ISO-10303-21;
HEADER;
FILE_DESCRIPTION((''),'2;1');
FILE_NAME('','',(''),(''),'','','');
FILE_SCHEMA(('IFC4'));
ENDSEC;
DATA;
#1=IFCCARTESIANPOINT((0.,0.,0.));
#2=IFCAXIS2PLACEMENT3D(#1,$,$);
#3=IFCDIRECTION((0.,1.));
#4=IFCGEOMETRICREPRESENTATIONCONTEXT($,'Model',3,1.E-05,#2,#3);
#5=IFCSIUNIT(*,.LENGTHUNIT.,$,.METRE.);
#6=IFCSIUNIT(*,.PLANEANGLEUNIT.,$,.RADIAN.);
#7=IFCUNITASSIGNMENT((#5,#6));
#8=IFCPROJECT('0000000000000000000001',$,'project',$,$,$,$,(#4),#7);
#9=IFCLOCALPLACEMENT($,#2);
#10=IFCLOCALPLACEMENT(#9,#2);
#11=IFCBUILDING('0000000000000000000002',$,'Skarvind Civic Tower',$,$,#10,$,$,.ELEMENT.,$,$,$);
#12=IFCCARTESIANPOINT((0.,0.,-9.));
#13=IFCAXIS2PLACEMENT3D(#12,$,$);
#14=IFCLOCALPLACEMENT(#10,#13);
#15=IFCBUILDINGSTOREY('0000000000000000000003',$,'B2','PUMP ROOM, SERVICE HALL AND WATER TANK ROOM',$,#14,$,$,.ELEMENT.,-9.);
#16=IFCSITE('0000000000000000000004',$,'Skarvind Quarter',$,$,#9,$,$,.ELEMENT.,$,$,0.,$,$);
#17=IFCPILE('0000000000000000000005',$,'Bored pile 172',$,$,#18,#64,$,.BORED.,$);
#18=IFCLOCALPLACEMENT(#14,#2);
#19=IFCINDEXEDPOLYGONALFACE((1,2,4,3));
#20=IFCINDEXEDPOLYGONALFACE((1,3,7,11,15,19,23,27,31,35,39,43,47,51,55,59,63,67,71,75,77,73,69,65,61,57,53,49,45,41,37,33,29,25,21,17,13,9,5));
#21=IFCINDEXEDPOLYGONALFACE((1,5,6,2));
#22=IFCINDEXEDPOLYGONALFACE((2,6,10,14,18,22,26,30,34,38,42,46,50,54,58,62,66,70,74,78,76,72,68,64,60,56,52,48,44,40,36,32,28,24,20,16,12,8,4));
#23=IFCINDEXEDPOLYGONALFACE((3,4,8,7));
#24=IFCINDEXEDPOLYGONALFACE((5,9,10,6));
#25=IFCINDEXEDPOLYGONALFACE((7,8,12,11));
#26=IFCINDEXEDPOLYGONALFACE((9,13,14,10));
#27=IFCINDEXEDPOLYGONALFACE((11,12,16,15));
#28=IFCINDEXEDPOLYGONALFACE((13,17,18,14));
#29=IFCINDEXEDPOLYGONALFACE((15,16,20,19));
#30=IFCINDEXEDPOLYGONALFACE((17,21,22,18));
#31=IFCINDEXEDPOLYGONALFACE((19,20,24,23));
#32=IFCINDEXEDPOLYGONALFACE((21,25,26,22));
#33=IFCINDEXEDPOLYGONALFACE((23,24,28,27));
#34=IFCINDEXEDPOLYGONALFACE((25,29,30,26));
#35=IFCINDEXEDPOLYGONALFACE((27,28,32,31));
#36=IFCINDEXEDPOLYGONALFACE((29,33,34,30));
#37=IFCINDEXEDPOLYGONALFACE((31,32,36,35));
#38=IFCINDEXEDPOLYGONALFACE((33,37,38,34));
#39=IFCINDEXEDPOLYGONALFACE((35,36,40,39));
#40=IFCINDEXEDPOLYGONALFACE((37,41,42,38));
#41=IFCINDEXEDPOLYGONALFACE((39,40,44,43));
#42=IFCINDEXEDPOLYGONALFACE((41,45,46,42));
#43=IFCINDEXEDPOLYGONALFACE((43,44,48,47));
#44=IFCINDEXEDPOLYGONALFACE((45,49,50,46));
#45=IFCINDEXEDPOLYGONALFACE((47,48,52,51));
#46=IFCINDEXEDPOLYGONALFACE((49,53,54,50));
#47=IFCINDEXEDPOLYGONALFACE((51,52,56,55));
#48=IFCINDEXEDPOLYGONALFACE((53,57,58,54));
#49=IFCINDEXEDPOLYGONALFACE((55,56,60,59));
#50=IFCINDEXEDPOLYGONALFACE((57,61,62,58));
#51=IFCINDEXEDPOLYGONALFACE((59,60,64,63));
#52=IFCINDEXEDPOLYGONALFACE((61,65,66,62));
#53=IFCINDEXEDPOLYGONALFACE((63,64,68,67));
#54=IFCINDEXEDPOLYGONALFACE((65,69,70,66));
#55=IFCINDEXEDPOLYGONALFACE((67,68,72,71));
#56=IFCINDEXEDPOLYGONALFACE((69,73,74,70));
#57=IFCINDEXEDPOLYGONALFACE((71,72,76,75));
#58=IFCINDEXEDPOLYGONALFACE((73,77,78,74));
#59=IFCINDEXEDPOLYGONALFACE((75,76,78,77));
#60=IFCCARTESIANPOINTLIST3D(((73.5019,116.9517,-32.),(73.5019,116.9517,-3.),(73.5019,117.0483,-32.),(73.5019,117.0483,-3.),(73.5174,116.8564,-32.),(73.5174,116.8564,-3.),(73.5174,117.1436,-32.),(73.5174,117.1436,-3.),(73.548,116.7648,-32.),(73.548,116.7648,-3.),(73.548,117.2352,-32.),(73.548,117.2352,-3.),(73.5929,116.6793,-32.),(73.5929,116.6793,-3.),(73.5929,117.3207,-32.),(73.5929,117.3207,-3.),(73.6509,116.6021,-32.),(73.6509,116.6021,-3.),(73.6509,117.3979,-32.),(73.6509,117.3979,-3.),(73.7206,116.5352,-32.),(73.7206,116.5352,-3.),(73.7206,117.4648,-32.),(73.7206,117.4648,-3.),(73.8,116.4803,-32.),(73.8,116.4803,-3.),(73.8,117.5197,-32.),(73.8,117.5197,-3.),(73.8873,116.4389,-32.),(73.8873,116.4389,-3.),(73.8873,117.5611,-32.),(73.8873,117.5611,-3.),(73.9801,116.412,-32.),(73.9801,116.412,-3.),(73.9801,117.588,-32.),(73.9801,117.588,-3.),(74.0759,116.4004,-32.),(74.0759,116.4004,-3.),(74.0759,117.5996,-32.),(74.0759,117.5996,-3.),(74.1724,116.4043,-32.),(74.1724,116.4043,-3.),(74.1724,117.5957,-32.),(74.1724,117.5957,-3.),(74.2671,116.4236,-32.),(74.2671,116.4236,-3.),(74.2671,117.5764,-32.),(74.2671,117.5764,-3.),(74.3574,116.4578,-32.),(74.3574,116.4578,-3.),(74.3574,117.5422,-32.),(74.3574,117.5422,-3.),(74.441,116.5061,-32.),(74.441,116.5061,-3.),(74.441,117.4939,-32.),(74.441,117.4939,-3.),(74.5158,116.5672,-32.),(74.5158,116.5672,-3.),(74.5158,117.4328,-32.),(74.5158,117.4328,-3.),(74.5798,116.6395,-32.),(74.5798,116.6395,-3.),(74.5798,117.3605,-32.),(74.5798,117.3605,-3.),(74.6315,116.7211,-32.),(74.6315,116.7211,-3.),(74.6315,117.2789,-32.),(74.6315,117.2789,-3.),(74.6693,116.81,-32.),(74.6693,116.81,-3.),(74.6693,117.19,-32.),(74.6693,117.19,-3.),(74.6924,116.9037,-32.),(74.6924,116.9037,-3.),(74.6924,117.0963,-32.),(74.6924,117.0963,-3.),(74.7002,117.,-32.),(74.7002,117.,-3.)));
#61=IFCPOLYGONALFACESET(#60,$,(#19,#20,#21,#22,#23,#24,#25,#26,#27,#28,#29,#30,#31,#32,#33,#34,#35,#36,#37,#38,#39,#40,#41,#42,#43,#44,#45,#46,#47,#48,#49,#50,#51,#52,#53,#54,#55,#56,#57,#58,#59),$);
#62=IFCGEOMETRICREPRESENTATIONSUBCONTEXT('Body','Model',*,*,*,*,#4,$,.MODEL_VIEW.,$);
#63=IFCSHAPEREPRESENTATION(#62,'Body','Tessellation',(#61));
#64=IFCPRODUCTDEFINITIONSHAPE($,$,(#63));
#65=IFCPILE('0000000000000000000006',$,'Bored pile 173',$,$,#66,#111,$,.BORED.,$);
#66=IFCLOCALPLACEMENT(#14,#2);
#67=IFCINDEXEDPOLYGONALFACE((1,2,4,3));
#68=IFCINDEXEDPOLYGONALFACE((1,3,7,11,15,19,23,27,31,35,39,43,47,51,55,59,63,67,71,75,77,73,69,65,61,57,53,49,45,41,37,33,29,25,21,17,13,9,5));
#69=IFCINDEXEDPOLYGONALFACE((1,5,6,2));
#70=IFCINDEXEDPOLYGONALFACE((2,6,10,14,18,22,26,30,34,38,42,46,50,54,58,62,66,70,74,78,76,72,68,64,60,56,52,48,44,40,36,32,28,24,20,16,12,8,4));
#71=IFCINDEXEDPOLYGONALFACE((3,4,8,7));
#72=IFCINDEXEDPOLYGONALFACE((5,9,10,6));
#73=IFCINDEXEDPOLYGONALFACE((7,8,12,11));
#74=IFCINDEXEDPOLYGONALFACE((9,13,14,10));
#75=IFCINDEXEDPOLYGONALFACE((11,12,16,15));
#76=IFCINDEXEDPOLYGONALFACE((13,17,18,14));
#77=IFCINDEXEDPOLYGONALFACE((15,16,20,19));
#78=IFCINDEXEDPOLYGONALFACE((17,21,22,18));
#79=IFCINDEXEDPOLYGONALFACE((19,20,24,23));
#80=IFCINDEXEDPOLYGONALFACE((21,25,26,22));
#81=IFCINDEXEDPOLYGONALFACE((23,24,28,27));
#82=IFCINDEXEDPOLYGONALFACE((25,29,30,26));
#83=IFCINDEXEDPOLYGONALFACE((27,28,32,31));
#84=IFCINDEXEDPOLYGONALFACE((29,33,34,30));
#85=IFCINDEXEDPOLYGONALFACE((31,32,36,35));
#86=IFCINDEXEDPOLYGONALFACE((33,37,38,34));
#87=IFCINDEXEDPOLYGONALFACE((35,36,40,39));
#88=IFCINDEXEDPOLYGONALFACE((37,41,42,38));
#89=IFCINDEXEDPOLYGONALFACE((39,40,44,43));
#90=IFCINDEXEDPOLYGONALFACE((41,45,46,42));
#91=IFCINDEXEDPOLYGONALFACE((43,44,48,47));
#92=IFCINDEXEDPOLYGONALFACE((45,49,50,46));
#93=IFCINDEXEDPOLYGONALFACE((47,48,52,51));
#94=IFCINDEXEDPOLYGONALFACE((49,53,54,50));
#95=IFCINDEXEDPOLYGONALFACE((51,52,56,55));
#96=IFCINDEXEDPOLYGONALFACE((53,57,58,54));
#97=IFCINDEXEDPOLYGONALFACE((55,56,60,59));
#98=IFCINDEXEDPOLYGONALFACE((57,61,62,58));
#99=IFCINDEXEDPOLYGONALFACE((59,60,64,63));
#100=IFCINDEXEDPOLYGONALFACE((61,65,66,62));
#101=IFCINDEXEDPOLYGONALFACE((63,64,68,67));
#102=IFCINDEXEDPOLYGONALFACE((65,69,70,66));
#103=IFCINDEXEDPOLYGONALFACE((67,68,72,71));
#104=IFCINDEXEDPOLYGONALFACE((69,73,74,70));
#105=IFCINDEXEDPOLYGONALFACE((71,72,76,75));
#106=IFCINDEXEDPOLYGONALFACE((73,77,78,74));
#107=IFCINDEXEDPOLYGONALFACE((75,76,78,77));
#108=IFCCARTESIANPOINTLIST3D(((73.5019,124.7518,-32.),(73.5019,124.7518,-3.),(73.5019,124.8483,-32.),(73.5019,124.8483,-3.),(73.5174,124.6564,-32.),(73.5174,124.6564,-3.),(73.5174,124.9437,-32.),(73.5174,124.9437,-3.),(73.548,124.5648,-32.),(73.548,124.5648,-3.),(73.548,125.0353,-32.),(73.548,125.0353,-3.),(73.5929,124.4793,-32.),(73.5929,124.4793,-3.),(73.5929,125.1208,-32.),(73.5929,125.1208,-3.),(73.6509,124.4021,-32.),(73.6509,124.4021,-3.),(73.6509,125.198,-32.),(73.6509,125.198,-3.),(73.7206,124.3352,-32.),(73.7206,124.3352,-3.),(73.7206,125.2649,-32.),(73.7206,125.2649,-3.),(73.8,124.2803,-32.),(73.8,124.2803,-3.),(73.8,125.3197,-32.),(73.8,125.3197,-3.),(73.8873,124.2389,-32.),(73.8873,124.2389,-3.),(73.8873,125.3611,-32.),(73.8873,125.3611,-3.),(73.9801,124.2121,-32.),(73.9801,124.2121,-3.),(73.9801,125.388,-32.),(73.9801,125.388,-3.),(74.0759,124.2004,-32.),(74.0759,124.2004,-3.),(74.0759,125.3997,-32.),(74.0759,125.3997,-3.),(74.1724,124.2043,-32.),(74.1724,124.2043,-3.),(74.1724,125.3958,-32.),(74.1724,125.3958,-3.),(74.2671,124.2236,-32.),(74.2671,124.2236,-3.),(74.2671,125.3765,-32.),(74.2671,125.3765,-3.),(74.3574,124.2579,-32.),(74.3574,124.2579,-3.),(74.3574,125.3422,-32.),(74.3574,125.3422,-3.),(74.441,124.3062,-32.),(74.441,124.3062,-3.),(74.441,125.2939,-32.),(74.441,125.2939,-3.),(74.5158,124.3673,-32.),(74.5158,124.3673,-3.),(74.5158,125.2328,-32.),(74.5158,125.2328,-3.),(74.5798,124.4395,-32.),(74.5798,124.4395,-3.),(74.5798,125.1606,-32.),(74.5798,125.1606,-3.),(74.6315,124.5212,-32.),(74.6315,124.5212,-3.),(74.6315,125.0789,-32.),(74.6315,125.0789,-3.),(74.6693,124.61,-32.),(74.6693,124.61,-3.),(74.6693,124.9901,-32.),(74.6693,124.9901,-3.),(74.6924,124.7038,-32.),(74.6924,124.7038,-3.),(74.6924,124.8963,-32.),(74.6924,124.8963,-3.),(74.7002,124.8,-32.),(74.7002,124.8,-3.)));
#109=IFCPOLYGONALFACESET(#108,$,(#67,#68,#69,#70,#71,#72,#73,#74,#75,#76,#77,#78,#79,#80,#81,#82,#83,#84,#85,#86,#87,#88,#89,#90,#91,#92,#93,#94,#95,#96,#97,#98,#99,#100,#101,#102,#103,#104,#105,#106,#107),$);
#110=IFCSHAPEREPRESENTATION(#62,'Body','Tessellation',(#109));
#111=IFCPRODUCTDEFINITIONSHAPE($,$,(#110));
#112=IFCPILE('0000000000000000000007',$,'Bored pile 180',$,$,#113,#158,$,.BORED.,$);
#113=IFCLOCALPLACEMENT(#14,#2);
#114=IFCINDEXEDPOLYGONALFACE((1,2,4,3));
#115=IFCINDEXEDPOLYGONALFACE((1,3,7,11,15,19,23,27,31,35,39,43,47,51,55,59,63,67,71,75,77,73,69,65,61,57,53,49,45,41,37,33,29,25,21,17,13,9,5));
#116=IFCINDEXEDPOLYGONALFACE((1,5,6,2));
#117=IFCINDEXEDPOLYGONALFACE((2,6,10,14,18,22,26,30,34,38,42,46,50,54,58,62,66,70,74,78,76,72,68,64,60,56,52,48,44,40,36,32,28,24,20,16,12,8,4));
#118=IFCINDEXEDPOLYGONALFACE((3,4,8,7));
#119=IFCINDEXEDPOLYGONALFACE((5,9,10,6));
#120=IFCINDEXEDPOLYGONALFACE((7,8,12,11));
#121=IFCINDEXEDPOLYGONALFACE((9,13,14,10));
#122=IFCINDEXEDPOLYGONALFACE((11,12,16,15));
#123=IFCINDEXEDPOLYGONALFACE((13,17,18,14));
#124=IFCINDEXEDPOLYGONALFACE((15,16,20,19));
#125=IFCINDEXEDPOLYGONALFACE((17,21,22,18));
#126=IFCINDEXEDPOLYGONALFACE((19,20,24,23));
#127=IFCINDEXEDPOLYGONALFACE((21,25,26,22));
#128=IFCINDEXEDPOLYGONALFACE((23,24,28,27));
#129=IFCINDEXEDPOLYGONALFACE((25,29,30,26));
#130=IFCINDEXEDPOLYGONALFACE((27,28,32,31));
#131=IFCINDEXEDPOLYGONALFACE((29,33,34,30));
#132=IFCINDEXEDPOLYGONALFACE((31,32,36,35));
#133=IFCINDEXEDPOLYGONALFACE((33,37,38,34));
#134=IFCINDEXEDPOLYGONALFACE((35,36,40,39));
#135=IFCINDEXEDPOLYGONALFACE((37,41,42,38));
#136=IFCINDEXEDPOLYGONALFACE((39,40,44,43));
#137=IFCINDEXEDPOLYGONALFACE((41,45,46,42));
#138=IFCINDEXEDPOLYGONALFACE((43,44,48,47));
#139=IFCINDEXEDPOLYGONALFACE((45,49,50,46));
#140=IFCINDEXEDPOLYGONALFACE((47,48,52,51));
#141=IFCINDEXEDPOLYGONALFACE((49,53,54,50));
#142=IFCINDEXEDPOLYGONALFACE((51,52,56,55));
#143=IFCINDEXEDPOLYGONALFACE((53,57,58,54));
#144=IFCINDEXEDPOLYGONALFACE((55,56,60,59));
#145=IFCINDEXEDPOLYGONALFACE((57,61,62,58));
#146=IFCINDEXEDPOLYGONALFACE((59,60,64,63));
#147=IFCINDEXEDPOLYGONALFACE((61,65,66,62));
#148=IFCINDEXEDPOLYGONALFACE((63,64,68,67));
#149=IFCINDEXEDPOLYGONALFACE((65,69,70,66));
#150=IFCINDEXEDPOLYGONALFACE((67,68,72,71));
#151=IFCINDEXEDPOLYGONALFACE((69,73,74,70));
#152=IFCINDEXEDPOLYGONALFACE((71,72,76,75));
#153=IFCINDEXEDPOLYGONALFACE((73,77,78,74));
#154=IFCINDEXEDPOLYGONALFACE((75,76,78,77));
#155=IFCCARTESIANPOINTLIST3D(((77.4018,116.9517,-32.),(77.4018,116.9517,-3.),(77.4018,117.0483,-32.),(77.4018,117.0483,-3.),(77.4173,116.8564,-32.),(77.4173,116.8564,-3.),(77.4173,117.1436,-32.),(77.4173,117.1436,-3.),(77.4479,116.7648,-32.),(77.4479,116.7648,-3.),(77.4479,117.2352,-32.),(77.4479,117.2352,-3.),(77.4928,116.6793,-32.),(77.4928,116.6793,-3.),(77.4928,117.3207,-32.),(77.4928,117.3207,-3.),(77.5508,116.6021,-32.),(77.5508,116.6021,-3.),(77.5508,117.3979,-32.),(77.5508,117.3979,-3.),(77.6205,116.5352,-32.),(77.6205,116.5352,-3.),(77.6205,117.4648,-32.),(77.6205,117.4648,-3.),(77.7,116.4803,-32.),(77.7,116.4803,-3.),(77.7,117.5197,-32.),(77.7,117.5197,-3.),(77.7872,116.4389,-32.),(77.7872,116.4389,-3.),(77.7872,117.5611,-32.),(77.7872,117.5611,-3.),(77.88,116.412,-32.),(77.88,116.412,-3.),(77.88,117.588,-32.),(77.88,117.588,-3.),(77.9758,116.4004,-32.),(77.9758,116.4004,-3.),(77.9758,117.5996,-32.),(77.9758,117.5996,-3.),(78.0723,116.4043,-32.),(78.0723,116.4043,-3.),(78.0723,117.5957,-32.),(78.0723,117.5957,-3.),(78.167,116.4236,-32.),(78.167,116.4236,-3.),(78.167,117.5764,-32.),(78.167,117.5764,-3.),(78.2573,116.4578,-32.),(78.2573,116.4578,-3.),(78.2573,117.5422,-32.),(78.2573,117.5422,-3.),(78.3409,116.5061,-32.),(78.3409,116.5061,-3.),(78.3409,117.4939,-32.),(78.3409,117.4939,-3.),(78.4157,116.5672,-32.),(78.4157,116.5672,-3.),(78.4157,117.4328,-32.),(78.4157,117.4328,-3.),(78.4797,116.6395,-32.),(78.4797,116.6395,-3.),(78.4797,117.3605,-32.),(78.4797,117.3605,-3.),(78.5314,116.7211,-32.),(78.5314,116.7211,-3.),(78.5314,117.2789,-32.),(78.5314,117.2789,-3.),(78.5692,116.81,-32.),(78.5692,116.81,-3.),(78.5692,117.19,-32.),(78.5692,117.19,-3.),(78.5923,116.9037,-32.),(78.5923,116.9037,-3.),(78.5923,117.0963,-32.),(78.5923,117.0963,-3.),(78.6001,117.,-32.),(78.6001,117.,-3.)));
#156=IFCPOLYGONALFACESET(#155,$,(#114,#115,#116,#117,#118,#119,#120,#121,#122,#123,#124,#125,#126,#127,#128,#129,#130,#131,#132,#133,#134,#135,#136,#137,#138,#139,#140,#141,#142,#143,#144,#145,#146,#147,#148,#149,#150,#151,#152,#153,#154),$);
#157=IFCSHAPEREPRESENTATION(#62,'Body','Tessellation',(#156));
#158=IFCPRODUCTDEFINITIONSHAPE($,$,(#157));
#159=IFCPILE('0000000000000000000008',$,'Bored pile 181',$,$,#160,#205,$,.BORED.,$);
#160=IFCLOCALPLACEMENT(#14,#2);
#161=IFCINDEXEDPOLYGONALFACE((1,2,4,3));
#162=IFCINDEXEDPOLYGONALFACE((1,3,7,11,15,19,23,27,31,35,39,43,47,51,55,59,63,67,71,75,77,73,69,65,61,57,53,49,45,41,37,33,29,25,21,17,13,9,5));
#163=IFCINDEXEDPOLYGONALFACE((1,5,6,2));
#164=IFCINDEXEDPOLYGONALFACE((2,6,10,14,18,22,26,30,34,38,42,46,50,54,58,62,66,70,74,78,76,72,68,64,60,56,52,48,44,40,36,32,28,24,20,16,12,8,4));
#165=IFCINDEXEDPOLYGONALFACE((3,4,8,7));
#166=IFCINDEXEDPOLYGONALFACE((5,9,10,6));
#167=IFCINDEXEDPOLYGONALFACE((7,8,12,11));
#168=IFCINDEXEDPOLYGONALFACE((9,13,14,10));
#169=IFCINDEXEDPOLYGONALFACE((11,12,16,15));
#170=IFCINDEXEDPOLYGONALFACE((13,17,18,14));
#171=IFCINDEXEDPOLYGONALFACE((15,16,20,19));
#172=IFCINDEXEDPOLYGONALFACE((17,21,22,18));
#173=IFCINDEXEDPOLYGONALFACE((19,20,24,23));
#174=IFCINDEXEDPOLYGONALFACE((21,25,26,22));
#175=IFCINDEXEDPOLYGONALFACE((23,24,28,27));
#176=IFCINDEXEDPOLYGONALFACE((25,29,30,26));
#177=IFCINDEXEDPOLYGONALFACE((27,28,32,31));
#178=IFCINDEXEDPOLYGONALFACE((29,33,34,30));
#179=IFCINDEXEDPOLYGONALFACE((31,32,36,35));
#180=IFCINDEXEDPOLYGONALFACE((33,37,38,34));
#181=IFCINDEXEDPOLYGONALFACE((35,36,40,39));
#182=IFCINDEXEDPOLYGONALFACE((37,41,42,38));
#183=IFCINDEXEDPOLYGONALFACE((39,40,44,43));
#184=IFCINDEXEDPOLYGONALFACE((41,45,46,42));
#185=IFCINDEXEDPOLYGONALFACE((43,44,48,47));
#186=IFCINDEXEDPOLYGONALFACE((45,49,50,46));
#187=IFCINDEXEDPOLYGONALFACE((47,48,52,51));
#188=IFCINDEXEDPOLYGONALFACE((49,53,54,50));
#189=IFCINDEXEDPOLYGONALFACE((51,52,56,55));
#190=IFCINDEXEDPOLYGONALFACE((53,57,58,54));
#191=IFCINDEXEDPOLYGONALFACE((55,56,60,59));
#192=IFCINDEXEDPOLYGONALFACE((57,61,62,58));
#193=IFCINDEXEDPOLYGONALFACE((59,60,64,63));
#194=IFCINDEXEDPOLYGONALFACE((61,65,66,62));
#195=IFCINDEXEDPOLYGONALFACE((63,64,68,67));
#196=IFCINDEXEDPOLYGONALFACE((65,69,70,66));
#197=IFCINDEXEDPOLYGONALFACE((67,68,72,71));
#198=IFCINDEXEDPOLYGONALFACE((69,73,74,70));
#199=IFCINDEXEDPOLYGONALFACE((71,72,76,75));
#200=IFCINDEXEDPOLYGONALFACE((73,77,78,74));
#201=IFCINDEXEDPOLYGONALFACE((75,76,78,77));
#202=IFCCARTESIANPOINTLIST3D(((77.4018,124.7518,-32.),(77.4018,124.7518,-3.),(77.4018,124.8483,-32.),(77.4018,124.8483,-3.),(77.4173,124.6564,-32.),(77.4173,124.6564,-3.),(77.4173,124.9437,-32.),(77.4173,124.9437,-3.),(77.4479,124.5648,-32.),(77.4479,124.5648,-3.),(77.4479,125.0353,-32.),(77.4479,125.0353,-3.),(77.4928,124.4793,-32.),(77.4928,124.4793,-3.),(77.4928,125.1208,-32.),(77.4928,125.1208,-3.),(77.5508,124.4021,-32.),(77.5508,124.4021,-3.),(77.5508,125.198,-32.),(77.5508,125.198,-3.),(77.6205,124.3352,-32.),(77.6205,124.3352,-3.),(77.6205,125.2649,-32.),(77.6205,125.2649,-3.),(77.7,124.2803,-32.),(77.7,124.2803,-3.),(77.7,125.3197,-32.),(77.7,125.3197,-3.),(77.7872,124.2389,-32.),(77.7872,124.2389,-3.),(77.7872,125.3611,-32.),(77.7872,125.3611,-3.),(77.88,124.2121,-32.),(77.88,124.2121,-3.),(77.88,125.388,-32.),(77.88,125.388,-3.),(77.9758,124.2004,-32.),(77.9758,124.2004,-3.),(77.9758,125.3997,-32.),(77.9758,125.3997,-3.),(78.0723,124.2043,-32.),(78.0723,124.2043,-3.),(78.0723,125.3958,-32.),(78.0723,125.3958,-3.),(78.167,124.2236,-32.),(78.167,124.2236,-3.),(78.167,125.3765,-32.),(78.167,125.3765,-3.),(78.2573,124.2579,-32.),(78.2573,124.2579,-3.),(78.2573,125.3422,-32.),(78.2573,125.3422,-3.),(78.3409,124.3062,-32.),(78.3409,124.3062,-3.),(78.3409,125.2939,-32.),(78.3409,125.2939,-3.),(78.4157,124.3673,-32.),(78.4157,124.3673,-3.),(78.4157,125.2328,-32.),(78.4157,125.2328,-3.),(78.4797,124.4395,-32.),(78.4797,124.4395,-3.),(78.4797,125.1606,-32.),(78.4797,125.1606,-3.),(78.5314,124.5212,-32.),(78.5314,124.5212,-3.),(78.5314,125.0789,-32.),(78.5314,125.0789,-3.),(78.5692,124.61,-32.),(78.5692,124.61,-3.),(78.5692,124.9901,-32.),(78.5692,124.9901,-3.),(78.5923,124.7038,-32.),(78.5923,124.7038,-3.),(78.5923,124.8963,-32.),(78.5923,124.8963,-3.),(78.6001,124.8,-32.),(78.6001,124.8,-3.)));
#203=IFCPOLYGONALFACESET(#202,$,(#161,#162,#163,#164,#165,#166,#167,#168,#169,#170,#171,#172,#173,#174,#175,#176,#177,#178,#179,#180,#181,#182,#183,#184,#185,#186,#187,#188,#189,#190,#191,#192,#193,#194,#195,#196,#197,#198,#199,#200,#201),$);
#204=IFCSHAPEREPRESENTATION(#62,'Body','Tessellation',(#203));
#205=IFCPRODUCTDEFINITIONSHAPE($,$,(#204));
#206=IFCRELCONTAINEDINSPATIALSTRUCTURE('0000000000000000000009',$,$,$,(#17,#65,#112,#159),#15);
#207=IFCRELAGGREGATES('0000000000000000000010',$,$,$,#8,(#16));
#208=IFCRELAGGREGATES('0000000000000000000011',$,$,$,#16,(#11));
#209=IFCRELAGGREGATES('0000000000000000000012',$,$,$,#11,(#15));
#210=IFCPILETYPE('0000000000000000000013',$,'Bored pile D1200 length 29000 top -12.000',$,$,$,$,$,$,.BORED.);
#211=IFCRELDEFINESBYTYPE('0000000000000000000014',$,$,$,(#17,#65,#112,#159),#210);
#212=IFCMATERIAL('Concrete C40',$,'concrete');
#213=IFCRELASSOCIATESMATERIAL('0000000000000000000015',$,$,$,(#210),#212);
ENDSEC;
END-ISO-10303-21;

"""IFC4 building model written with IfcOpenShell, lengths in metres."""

from ifc_helpers import new_model, si_unit, direction, frame, origin, origin_2d, place, context, subcontext, project, spatial, circle, extrude, material, type_object, element, save


model = new_model("IFC4")

# Units and contexts
model_context = context("Model", 3, precision=1e-05, world=origin(), true_north=direction((0.0, 1.0)))
body_context = subcontext(model_context, "Body", "Model", "MODEL_VIEW")
ifc_project = project(units=[si_unit("LENGTHUNIT", "METRE"), si_unit("PLANEANGLEUNIT", "RADIAN")], contexts=[model_context])

# Site, building, storey
site_placement = place(None, origin())
site = spatial("IfcSite", under=ifc_project, at=site_placement, Name="Skarvind Quarter", CompositionType="ELEMENT", RefElevation=0.0)
building_placement = place(site_placement, origin())
building = spatial("IfcBuilding", under=site, at=building_placement, Name="Skarvind Civic Tower", CompositionType="ELEMENT")
storey_placement = place(building_placement, frame((0.0, 0.0, -9.0)))
storey = spatial("IfcBuildingStorey", under=building, at=storey_placement, Name="B2", Description="PUMP ROOM, SERVICE HALL AND WATER TANK ROOM", CompositionType="ELEMENT", Elevation=-9.0)

# Piles
ifc_material_1 = material(Name="Concrete C40", Category="concrete")
pile_type_1 = type_object("IfcPileType", Name="Bored pile D1200 length 29000 top -12.000", PredefinedType="BORED", material=ifc_material_1)
for number, where, z_axis, x_axis, name in (
    (1, (74.1001, 117.0, -3.0), (0.0, 0.0, -1.0), (1.0, 0.0, 0.0), "Bored pile 172"),
    (2, (74.1001, 124.8, -3.0), (0.0, 0.0, -1.0), (1.0, 0.0, 0.0), "Bored pile 173"),
    (3, (78.0, 117.0, -3.0), (0.0, 0.0, -1.0), (1.0, 0.0, 0.0), "Bored pile 180"),
    (4, (78.0, 124.8, -3.0), (0.0, 0.0, -1.0), (1.0, 0.0, 0.0), "Bored pile 181"),
):
    element("IfcPile", number, at=place(storey_placement, frame(where, z_axis=z_axis, x_axis=x_axis)), inside=storey, type_object=pile_type_1, Name=name, PredefinedType="BORED", context=body_context, shape_type="SweptSolid", body=[
        extrude(circle(Radius=0.6001, at=origin_2d()), origin(), (0.0, 0.0, 1.0), 29.0),
    ])

save(model, "model.ifc")
